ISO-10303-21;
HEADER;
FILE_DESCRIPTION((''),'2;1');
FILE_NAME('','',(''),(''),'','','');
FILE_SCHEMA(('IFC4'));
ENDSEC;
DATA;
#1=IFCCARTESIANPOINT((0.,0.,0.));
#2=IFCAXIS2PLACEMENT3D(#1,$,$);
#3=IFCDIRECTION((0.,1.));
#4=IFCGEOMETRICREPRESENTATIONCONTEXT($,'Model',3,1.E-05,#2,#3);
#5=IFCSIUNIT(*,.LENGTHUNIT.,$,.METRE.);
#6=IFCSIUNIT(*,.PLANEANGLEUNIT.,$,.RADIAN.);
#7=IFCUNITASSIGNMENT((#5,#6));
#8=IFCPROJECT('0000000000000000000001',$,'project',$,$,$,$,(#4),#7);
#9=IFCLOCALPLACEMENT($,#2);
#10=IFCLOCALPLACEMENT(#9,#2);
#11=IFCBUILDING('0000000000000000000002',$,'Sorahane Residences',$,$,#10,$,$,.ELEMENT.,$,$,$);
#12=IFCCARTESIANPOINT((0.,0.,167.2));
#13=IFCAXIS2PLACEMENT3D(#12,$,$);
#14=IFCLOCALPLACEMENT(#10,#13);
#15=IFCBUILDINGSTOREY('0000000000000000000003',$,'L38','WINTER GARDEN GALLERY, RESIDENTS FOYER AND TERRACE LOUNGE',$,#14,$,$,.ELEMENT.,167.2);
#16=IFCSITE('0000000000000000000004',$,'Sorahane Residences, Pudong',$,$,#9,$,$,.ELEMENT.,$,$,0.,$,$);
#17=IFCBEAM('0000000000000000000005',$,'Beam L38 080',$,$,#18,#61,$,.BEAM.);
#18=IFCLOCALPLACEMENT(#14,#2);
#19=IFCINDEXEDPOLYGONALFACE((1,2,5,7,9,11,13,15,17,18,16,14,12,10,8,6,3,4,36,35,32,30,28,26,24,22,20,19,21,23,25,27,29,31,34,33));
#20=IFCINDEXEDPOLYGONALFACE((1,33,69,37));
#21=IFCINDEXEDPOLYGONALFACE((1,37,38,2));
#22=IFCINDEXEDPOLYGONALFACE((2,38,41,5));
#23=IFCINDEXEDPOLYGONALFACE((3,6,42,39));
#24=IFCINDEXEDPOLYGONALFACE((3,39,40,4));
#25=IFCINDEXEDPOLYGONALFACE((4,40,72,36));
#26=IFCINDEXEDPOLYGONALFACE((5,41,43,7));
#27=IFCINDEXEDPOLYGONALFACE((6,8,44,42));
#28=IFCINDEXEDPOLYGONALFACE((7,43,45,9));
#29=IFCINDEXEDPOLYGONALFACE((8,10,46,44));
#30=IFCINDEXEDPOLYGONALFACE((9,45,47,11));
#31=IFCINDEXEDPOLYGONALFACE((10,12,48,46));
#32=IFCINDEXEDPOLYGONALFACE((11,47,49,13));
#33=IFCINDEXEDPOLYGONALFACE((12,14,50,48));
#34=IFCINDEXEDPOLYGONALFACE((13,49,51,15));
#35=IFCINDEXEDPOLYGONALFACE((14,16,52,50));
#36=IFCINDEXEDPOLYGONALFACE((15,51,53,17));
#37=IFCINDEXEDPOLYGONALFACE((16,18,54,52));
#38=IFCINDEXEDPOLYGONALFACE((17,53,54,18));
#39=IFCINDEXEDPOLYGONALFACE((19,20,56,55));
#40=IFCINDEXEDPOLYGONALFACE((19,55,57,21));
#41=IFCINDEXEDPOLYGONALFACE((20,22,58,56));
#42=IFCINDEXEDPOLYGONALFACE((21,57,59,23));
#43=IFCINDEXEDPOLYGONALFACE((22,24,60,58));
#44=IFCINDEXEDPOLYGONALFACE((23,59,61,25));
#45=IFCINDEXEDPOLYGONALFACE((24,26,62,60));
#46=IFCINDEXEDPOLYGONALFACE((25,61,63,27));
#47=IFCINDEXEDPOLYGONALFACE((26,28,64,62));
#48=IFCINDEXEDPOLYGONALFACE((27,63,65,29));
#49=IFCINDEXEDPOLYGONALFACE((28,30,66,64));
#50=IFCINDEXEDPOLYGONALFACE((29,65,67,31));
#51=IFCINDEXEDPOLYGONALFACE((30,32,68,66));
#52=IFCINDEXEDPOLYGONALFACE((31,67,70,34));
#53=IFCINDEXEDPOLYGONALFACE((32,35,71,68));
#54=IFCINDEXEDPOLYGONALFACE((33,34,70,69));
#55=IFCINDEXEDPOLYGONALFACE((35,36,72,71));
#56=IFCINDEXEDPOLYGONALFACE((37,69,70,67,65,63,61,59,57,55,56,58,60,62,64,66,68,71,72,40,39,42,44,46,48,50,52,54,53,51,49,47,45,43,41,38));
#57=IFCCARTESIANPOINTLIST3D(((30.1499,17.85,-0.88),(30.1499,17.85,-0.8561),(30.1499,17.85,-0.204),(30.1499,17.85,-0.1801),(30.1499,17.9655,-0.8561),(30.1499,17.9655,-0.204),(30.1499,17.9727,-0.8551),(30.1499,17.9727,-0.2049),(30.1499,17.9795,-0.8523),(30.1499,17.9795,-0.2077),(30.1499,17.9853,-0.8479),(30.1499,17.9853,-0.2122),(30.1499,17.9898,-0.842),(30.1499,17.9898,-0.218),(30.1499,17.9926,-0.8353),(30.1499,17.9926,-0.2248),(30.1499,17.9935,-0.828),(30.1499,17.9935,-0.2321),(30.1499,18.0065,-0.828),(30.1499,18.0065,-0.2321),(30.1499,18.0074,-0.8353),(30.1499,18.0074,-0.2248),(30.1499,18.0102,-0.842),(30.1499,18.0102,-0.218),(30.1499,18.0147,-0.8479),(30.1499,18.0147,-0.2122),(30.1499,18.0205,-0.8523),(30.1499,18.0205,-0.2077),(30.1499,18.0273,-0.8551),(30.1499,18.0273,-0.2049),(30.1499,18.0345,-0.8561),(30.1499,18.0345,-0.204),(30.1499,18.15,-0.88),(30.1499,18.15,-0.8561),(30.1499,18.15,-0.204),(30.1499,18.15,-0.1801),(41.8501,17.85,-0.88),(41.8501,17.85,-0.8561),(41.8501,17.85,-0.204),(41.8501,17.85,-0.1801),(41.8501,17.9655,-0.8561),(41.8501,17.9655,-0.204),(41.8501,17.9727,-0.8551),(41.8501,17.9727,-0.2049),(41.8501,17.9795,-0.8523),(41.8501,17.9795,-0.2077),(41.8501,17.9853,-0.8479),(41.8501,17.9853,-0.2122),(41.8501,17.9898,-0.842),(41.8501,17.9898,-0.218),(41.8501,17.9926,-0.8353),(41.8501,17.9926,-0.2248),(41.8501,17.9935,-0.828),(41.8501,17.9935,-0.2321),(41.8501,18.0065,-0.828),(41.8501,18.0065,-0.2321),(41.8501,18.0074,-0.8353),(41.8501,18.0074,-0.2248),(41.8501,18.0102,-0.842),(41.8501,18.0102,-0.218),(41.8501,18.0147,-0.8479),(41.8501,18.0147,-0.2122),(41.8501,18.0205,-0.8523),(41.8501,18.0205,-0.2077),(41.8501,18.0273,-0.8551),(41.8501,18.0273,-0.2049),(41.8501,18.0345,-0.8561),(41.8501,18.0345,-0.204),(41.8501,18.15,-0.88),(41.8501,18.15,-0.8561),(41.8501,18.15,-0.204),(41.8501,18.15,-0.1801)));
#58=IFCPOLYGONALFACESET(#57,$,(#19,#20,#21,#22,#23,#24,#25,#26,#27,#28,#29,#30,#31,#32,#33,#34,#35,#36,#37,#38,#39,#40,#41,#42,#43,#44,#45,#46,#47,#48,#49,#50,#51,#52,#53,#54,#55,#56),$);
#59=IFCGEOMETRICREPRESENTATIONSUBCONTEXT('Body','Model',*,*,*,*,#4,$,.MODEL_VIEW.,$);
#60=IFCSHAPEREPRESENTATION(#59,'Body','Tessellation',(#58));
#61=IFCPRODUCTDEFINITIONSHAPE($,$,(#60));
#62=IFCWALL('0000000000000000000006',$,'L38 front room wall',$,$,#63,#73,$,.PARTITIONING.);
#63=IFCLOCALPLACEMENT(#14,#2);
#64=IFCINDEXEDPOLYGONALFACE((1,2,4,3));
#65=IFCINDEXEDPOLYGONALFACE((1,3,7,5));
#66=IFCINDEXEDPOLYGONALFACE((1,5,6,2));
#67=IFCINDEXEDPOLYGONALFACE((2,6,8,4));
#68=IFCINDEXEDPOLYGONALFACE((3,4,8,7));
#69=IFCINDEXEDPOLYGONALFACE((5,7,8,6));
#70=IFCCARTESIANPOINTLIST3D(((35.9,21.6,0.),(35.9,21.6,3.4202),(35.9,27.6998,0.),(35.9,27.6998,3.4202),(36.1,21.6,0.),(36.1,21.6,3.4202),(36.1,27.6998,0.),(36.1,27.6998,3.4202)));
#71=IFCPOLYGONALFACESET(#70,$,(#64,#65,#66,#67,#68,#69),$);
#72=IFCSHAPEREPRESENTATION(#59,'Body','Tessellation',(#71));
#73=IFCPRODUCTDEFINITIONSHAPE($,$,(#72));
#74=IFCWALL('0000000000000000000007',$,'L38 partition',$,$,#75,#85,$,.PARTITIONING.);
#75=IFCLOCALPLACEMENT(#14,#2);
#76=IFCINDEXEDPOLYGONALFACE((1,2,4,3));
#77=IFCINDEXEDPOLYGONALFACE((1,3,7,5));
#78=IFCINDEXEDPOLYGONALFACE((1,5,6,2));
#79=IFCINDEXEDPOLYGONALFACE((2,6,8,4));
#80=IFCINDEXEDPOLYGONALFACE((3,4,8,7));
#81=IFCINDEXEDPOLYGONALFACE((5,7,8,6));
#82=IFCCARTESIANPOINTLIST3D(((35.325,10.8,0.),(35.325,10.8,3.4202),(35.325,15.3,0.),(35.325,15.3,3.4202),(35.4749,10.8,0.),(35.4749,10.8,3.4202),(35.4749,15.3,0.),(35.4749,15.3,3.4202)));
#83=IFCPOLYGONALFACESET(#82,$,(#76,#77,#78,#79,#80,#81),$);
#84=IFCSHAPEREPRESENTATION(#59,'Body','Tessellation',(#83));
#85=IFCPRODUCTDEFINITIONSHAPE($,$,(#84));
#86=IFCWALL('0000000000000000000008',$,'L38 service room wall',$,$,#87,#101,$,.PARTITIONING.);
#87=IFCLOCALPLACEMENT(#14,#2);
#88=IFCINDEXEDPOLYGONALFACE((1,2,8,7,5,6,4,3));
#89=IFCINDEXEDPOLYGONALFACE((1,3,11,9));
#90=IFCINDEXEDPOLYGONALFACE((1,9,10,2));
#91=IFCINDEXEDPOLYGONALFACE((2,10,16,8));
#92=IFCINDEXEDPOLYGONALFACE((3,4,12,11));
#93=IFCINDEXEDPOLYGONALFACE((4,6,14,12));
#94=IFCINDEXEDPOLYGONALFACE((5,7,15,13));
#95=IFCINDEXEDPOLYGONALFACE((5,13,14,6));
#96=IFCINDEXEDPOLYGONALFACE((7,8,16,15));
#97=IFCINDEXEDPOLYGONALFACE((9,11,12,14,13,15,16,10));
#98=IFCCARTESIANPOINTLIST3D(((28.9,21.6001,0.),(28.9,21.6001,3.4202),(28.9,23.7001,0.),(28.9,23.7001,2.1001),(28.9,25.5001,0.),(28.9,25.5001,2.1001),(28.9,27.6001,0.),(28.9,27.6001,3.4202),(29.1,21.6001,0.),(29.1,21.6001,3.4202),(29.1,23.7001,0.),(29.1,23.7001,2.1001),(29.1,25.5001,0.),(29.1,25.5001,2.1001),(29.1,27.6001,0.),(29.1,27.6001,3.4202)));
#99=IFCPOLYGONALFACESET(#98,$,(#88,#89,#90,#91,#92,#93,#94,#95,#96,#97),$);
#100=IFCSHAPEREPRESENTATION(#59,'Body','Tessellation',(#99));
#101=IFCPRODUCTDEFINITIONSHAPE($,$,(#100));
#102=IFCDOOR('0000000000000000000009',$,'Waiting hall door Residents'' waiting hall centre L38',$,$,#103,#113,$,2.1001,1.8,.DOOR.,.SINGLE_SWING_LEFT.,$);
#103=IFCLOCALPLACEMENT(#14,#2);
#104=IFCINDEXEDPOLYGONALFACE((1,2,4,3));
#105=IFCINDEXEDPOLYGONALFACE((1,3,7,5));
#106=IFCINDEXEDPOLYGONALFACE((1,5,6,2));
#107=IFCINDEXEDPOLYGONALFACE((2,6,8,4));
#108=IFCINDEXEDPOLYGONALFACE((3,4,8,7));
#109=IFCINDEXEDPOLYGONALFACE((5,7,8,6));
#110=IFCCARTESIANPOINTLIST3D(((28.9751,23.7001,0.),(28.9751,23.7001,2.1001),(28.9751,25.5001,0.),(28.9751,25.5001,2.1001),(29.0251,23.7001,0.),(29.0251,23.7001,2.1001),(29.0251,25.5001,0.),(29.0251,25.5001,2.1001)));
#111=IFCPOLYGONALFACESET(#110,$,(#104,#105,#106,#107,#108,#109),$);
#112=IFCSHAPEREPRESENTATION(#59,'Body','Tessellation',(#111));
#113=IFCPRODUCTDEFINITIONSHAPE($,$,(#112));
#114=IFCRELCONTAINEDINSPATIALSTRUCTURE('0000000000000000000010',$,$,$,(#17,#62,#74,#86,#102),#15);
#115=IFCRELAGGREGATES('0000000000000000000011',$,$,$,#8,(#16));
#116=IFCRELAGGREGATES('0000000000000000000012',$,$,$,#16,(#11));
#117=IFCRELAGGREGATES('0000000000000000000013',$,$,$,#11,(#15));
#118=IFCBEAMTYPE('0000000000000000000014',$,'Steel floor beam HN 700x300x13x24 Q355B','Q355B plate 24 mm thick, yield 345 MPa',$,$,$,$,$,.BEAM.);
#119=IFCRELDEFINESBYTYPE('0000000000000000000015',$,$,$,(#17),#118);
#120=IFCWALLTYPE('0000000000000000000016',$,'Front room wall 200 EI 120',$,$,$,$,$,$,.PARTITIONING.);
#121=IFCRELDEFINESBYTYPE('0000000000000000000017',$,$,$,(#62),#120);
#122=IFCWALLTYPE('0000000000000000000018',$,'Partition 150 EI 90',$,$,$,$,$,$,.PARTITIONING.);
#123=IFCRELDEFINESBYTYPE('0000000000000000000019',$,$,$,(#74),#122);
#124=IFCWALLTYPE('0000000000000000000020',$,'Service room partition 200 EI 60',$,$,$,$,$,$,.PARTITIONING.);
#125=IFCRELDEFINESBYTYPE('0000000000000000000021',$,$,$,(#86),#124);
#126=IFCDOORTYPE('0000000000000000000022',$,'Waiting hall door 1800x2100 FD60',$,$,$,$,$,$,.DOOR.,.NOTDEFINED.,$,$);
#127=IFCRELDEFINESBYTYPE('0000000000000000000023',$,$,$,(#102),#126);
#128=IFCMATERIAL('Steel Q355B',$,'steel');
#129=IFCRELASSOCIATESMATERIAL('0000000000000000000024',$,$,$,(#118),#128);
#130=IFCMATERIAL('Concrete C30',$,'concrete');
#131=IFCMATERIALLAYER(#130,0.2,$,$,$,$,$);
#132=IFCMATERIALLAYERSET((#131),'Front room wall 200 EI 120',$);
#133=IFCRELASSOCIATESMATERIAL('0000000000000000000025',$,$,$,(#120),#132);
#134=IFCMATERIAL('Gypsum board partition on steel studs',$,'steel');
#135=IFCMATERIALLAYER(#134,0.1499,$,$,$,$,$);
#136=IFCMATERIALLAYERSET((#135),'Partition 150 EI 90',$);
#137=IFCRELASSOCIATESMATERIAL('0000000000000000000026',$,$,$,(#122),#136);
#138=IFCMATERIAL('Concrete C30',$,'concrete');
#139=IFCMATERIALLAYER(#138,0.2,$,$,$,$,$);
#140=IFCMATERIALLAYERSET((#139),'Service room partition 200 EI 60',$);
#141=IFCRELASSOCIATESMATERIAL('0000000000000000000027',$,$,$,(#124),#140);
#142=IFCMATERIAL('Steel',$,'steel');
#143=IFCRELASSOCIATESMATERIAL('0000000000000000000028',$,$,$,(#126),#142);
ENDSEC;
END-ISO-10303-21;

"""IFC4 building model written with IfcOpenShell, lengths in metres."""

from ifc_helpers import new_model, si_unit, direction, frame, frame_2d, origin, origin_2d, place, context, subcontext, project, spatial, rectangle, i_section, extrude, material, layer, layer_set, material_profile, profile_set, type_object, element, fill, save


model = new_model("IFC4")

# Units and contexts
model_context = context("Model", 3, precision=1e-05, world=origin(), true_north=direction((0.0, 1.0)))
body_context = subcontext(model_context, "Body", "Model", "MODEL_VIEW")
ifc_project = project(units=[si_unit("LENGTHUNIT", "METRE"), si_unit("PLANEANGLEUNIT", "RADIAN")], contexts=[model_context])

# Site, building, storey
site_placement = place(None, origin())
site = spatial("IfcSite", under=ifc_project, at=site_placement, Name="Sorahane Residences, Pudong", CompositionType="ELEMENT", RefElevation=0.0)
building_placement = place(site_placement, origin())
building = spatial("IfcBuilding", under=site, at=building_placement, Name="Sorahane Residences", CompositionType="ELEMENT")
storey_placement = place(building_placement, frame((0.0, 0.0, 167.2)))
storey = spatial("IfcBuildingStorey", under=building, at=storey_placement, Name="L38", Description="WINTER GARDEN GALLERY, RESIDENTS FOYER AND TERRACE LOUNGE", CompositionType="ELEMENT", Elevation=167.2)

# Beam
ifc_material_1 = material(Name="Steel Q355B", Category="steel")
ifc_material_profile_1 = material_profile(ifc_material_1, i_section(OverallWidth=0.3, OverallDepth=0.7, WebThickness=0.0129, FlangeThickness=0.0239, FilletRadius=0.0281, at=origin_2d()), Name="HN 700x300x13x24")
ifc_profile_set_1 = profile_set([ifc_material_profile_1], Name="Steel Q355B")
beam_type_1 = type_object("IfcBeamType", Name="Steel floor beam HN 700x300x13x24 Q355B", Description="Q355B plate 24 mm thick, yield 345 MPa", PredefinedType="BEAM", material=ifc_profile_set_1)
beam_1_placement = place(storey_placement, frame((30.1499, 18.0, -0.53), z_axis=(1.0, 0.0, 0.0), x_axis=(0.0, 1.0, 0.0)))
element("IfcBeam", 1, at=beam_1_placement, inside=storey, type_object=beam_type_1, Name="Beam L38 080", PredefinedType="BEAM", context=body_context, shape_type="SweptSolid", body=[
    extrude(i_section(OverallWidth=0.3, OverallDepth=0.7, WebThickness=0.0129, FlangeThickness=0.0239, FilletRadius=0.0281, at=origin_2d()), origin(), (0.0, 0.0, 1.0), 11.7002),
])

# Walls
ifc_material_2 = material(Name="Concrete C30", Category="concrete")
ifc_layer_1 = layer(ifc_material_2, 0.2)
ifc_layer_set_1 = layer_set([ifc_layer_1], Name="Front room wall 200 EI 120")
wall_type_1 = type_object("IfcWallType", Name="Front room wall 200 EI 120", PredefinedType="PARTITIONING", material=ifc_layer_set_1)
wall_1_placement = place(storey_placement, frame((36.0, 21.6001, 0.0), z_axis=(0.0, 0.0, 1.0), x_axis=(0.0, 1.0, 0.0)))
element("IfcWall", 2, at=wall_1_placement, inside=storey, type_object=wall_type_1, Name="L38 front room wall", PredefinedType="PARTITIONING", context=body_context, shape_type="SweptSolid", body=[
    extrude(rectangle(XDim=6.0999, YDim=0.2, at=frame_2d((3.0498, 0.0))), origin(), (0.0, 0.0, 1.0), 3.4202),
])
ifc_material_3 = material(Name="Gypsum board partition on steel studs", Category="steel")
ifc_layer_2 = layer(ifc_material_3, 0.1499)
ifc_layer_set_2 = layer_set([ifc_layer_2], Name="Partition 150 EI 90")
wall_type_2 = type_object("IfcWallType", Name="Partition 150 EI 90", PredefinedType="PARTITIONING", material=ifc_layer_set_2)
wall_2_placement = place(storey_placement, frame((35.3999, 10.8, 0.0), z_axis=(0.0, 0.0, 1.0), x_axis=(0.0, 1.0, 0.0)))
element("IfcWall", 3, at=wall_2_placement, inside=storey, type_object=wall_type_2, Name="L38 partition", PredefinedType="PARTITIONING", context=body_context, shape_type="SweptSolid", body=[
    extrude(rectangle(XDim=4.5, YDim=0.1499, at=frame_2d((2.25, 0.0))), origin(), (0.0, 0.0, 1.0), 3.4202),
])

# Wall, opening, door
ifc_material_4 = material(Name="Concrete C30", Category="concrete")
ifc_layer_3 = layer(ifc_material_4, 0.2)
ifc_layer_set_3 = layer_set([ifc_layer_3], Name="Service room partition 200 EI 60")
wall_type_3 = type_object("IfcWallType", Name="Service room partition 200 EI 60", PredefinedType="PARTITIONING", material=ifc_layer_set_3)
wall_3_placement = place(storey_placement, frame((29.0, 21.6001, 0.0), z_axis=(0.0, 0.0, 1.0), x_axis=(0.0, 1.0, 0.0)))
wall_3 = element("IfcWall", 4, at=wall_3_placement, inside=storey, type_object=wall_type_3, Name="L38 service room wall", PredefinedType="PARTITIONING", context=body_context, shape_type="SweptSolid", body=[
    extrude(rectangle(XDim=6.0, YDim=0.2, at=frame_2d((3.0, 0.0))), origin(), (0.0, 0.0, 1.0), 3.4202),
])
opening_1_placement = place(wall_3_placement, frame((2.1001, 0.0, 0.0)))
opening_1 = element("IfcOpeningElement", 5, at=opening_1_placement, cuts=wall_3, PredefinedType="OPENING", context=body_context, shape_type="SweptSolid", body=[
    extrude(rectangle(XDim=1.8, YDim=2.1001, at=frame_2d((0.8999, 1.05))), frame((0.0, 0.1099, 0.0), z_axis=(0.0, -1.0, 0.0), x_axis=(1.0, 0.0, 0.0)), (0.0, 0.0, 1.0), 0.22),
])
ifc_material_5 = material(Name="Steel", Category="steel")
door_type_1 = type_object("IfcDoorType", Name="Waiting hall door 1800x2100 FD60", OperationType="NOTDEFINED", PredefinedType="DOOR", material=ifc_material_5)
door_1_placement = place(opening_1_placement, origin())
door_1 = element("IfcDoor", 6, at=door_1_placement, inside=storey, type_object=door_type_1, Name="Waiting hall door Residents' waiting hall centre L38", OperationType="SINGLE_SWING_LEFT", OverallHeight=2.1001, OverallWidth=1.8, PredefinedType="DOOR", context=body_context, shape_type="SweptSolid", body=[
    extrude(rectangle(XDim=1.8, YDim=2.1001, at=frame_2d((0.8999, 1.05))), frame((0.0, 0.0249, 0.0), z_axis=(0.0, -1.0, 0.0), x_axis=(1.0, 0.0, 0.0)), (0.0, 0.0, 1.0), 0.05),
])
fill(opening_1, door_1)

save(model, "model.ifc")
